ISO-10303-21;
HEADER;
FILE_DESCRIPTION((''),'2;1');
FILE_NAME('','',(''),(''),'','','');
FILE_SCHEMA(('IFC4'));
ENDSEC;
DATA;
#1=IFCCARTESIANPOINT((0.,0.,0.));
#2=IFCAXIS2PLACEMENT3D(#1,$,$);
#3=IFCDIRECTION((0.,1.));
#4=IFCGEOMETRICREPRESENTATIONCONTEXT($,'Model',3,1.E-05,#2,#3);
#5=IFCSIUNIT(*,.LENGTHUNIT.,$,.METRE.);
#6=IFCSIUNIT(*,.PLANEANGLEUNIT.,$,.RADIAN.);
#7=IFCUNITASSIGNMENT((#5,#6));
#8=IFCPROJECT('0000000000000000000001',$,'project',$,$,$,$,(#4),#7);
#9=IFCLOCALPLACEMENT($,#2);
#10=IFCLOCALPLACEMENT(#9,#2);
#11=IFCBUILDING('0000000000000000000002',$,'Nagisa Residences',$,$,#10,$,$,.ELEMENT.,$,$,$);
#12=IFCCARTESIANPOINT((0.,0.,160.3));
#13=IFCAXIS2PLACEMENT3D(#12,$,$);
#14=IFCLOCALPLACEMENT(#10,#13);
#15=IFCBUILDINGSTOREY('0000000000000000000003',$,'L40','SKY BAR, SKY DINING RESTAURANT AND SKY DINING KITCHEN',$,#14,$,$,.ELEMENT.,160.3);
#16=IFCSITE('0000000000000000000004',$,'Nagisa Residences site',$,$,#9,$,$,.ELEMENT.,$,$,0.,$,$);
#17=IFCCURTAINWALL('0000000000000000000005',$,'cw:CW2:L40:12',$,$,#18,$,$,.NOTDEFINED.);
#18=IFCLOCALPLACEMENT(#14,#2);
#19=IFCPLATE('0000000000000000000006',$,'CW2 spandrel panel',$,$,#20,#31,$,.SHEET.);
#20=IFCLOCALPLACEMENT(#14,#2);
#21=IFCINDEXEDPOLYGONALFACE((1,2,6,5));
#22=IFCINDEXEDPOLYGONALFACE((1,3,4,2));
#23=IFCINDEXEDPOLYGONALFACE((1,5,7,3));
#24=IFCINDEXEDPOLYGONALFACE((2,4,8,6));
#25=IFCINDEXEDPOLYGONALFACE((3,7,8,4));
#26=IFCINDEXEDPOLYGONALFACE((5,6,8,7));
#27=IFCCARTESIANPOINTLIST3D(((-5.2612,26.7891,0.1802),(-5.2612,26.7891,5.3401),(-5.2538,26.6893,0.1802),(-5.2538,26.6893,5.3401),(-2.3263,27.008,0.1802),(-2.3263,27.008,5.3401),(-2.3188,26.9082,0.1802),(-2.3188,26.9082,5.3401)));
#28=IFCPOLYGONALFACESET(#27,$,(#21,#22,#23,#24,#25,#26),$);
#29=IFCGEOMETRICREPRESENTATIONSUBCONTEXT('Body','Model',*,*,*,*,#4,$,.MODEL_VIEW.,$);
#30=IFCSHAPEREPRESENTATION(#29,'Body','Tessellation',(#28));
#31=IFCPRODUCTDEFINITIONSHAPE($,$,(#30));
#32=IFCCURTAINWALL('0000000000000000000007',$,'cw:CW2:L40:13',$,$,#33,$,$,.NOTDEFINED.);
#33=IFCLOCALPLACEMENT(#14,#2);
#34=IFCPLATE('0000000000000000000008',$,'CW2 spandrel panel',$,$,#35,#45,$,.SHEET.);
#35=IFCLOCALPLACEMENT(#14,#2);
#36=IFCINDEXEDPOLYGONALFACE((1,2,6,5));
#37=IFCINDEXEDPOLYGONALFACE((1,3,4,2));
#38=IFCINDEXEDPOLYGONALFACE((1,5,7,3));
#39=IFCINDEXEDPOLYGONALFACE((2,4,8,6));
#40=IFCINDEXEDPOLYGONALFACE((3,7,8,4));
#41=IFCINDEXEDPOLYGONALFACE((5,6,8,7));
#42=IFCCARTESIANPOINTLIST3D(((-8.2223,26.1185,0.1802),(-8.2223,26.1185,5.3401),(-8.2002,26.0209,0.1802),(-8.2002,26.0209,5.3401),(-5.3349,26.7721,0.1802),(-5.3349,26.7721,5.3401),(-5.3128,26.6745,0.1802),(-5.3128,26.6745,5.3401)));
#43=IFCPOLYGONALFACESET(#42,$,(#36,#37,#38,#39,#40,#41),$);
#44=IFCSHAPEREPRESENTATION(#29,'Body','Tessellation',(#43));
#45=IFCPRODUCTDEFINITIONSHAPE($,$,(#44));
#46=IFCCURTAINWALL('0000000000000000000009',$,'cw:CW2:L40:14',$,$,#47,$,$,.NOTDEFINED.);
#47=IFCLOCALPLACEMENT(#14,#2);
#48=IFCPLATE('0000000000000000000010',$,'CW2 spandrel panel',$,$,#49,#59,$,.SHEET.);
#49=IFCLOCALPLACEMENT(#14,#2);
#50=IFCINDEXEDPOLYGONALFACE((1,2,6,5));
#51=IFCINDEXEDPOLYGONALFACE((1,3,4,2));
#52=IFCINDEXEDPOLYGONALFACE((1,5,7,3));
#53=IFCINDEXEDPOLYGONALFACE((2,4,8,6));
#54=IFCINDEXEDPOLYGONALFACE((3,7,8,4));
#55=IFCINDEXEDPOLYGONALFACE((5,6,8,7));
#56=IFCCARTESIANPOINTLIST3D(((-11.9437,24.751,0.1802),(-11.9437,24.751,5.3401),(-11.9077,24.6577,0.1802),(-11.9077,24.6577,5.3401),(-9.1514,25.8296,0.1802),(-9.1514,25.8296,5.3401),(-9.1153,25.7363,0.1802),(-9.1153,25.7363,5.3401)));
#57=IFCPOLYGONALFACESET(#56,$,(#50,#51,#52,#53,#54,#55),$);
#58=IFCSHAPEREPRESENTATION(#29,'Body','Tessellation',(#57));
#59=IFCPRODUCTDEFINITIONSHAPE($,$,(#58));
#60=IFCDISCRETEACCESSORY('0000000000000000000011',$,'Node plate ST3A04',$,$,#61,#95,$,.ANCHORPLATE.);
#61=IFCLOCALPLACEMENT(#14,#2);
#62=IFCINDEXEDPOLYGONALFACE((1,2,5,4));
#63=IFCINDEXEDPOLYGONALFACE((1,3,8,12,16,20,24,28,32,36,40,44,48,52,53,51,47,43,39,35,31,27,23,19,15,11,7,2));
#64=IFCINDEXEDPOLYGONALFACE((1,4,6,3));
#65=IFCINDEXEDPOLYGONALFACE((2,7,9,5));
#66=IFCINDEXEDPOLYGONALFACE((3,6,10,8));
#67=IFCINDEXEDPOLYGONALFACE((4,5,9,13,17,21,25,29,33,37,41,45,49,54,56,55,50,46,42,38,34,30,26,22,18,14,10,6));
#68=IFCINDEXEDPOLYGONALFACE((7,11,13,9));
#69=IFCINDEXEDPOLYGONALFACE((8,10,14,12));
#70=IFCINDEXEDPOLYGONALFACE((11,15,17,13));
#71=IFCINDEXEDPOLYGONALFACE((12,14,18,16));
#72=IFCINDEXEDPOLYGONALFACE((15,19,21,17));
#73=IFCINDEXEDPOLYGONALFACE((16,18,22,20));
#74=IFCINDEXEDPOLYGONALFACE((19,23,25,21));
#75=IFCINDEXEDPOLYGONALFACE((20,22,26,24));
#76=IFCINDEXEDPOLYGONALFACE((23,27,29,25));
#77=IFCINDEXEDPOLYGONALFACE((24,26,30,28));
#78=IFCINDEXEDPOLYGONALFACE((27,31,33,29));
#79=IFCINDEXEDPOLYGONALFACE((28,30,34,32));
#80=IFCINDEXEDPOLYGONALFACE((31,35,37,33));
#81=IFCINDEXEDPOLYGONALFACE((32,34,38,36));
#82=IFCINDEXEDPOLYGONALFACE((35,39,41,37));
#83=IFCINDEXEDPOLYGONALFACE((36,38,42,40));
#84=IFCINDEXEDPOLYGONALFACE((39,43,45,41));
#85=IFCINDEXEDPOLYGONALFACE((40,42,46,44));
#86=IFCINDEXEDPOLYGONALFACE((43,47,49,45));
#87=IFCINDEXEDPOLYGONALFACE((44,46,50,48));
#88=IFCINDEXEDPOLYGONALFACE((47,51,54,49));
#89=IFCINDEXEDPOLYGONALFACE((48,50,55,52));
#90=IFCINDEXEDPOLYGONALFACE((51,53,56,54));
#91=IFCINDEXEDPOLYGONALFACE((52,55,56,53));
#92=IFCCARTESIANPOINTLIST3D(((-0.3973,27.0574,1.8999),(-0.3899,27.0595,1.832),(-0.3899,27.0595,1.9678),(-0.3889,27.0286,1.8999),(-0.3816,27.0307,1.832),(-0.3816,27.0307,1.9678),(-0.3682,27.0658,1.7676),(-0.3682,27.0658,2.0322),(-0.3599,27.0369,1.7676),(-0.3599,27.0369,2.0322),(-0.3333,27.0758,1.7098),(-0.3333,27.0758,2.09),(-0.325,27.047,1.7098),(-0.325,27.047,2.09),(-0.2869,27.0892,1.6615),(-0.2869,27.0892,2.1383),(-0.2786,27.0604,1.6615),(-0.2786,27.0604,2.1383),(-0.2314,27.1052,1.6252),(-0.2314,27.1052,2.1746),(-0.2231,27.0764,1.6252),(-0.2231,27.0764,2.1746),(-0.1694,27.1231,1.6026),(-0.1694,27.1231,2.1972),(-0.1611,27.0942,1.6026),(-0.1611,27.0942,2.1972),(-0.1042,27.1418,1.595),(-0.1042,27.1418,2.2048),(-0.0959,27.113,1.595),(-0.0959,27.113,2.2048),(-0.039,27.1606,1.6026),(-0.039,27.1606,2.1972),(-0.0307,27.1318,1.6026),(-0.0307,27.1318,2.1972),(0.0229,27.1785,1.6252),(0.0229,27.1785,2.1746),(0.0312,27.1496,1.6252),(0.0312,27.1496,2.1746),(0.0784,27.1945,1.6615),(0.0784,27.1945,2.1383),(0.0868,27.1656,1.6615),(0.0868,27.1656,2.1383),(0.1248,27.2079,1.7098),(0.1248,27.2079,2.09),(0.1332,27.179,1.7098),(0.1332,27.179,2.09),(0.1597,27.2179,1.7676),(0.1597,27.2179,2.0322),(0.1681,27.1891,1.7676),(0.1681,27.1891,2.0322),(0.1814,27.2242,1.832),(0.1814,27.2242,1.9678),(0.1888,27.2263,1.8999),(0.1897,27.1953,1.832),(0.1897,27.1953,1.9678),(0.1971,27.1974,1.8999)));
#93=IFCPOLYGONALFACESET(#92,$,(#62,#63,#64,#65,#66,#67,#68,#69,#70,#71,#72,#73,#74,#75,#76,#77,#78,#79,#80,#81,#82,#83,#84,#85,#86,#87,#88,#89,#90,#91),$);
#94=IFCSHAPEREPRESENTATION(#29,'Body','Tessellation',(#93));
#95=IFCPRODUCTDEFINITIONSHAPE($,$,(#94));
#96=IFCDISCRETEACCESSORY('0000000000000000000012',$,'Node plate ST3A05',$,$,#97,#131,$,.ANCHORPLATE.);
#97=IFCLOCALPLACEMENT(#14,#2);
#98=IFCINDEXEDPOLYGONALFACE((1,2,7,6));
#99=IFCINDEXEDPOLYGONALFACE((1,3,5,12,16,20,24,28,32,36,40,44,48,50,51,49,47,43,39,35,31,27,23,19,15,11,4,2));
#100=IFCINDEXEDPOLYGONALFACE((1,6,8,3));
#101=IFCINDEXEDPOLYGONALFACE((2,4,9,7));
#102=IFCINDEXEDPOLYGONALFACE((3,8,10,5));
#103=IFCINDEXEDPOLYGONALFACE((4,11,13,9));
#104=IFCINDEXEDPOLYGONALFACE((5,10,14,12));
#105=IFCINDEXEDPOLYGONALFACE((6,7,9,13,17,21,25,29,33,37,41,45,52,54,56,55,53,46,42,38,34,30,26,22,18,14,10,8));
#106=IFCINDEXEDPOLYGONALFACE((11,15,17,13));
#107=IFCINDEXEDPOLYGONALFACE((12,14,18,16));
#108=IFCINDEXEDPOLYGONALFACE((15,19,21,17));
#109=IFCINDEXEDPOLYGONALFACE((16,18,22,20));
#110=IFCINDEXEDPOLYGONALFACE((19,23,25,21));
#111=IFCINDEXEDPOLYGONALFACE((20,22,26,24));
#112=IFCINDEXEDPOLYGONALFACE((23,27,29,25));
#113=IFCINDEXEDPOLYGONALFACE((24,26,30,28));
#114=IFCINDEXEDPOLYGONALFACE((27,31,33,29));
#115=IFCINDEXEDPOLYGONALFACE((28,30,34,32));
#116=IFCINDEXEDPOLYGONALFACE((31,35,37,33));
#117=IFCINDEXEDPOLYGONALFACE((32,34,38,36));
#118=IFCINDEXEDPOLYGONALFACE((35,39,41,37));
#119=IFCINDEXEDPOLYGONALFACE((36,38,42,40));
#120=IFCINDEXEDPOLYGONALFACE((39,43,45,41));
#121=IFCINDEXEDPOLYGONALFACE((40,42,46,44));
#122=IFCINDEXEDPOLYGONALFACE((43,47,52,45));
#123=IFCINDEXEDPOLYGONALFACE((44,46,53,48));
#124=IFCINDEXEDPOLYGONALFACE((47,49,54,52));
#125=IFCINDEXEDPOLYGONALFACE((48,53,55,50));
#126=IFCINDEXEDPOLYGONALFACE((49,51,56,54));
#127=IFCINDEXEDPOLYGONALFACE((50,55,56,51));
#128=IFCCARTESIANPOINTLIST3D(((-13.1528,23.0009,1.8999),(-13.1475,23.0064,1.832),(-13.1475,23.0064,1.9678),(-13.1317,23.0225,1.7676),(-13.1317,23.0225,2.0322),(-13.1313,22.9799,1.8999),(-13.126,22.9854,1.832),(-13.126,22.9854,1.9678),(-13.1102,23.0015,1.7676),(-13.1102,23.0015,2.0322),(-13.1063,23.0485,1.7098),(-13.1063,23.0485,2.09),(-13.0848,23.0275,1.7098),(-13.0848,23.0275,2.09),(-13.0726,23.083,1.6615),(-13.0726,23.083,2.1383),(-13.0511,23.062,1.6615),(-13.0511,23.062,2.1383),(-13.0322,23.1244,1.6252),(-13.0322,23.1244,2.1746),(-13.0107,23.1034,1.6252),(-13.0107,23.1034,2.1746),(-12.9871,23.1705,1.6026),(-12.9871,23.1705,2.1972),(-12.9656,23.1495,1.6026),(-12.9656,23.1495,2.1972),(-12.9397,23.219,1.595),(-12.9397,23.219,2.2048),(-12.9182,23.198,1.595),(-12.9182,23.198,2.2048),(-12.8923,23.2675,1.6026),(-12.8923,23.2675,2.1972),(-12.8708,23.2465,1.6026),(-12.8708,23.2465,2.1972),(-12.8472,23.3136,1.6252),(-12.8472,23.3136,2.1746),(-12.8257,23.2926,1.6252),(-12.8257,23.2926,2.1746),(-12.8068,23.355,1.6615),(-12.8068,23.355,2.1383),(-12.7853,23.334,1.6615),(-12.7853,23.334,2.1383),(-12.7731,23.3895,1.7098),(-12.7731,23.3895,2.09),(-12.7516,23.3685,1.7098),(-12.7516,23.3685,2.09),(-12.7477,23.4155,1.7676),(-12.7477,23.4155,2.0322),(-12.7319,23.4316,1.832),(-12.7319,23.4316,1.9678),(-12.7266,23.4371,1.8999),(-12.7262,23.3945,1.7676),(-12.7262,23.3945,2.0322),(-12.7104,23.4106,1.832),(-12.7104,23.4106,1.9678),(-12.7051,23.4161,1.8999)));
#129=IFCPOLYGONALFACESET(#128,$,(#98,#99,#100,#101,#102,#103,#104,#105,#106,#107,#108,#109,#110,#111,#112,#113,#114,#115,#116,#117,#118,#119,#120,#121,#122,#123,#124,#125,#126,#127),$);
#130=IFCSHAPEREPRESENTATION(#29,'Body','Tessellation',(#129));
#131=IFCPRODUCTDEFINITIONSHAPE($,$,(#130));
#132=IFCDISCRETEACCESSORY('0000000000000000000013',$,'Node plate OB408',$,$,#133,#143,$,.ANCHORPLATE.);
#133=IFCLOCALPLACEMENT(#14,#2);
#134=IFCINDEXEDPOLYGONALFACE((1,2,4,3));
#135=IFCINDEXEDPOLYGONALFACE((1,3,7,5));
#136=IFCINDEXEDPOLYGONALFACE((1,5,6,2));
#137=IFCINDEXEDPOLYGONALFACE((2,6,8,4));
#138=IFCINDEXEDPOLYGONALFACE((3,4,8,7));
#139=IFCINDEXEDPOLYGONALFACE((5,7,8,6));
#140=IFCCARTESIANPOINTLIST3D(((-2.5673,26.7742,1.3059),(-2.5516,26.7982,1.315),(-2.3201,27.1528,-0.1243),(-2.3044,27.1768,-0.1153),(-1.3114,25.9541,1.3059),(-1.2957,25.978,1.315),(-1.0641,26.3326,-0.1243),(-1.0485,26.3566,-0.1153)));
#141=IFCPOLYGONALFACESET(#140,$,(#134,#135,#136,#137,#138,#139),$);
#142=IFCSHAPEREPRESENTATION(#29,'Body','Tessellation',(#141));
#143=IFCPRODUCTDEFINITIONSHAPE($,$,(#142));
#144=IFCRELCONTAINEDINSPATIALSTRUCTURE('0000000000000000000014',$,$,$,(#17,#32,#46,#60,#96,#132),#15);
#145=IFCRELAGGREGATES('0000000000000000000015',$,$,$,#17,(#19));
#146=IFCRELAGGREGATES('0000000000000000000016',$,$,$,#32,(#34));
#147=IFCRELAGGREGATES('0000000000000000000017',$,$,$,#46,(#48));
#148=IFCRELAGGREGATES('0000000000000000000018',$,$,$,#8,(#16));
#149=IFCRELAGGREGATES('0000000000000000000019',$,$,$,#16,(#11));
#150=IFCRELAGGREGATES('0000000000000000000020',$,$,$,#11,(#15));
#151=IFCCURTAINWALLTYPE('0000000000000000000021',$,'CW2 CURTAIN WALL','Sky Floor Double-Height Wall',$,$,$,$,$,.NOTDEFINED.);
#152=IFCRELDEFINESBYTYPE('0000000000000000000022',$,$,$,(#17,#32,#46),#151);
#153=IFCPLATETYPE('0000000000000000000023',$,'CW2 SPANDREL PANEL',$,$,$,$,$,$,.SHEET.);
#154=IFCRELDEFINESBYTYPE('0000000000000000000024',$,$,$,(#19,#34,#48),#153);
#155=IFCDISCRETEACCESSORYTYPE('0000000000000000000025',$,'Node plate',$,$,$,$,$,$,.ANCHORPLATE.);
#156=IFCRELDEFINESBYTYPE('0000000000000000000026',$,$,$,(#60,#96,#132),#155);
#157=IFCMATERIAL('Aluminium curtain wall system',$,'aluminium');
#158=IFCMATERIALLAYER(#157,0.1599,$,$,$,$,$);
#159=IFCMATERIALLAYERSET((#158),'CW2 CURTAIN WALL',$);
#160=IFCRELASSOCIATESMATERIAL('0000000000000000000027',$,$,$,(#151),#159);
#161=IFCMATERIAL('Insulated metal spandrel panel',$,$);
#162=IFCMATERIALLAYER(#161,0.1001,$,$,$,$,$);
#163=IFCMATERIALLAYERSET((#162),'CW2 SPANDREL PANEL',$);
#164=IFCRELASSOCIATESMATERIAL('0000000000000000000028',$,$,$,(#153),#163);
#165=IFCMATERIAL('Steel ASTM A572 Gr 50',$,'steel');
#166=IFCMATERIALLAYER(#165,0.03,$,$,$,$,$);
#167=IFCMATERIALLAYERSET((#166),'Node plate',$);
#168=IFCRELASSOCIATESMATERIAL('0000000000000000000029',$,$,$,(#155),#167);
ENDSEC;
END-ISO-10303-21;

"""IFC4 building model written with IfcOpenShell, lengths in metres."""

from ifc_helpers import new_model, si_unit, direction, frame, origin, origin_2d, place, context, subcontext, project, spatial, rectangle, circle, extrude, material, layer, layer_set, type_object, element, aggregate, save


model = new_model("IFC4")

# Units and contexts
model_context = context("Model", 3, precision=1e-05, world=origin(), true_north=direction((0.0, 1.0)))
body_context = subcontext(model_context, "Body", "Model", "MODEL_VIEW")
ifc_project = project(units=[si_unit("LENGTHUNIT", "METRE"), si_unit("PLANEANGLEUNIT", "RADIAN")], contexts=[model_context])

# Site, building, storey
site_placement = place(None, origin())
site = spatial("IfcSite", under=ifc_project, at=site_placement, Name="Nagisa Residences site", CompositionType="ELEMENT", RefElevation=0.0)
building_placement = place(site_placement, origin())
building = spatial("IfcBuilding", under=site, at=building_placement, Name="Nagisa Residences", CompositionType="ELEMENT")
storey_placement = place(building_placement, frame((0.0, 0.0, 160.3)))
storey = spatial("IfcBuildingStorey", under=building, at=storey_placement, Name="L40", Description="SKY BAR, SKY DINING RESTAURANT AND SKY DINING KITCHEN", CompositionType="ELEMENT", Elevation=160.3)

# Curtain walls, plates
ifc_material_1 = material(Name="Aluminium curtain wall system", Category="aluminium")
ifc_layer_1 = layer(ifc_material_1, 0.1599)
ifc_layer_set_1 = layer_set([ifc_layer_1], Name="CW2 CURTAIN WALL")
curtain_wall_type = type_object("IfcCurtainWallType", Name="CW2 CURTAIN WALL", Description="Sky Floor Double-Height Wall", PredefinedType="NOTDEFINED", material=ifc_layer_set_1)
curtain_wall_1_placement = place(storey_placement, origin())
curtain_wall_1 = element("IfcCurtainWall", 1, at=curtain_wall_1_placement, inside=storey, type_object=curtain_wall_type, Name="cw:CW2:L40:12", PredefinedType="NOTDEFINED")
ifc_material_2 = material(Name="Insulated metal spandrel panel")
ifc_layer_2 = layer(ifc_material_2, 0.1001)
ifc_layer_set_2 = layer_set([ifc_layer_2], Name="CW2 SPANDREL PANEL")
plate_type = type_object("IfcPlateType", Name="CW2 SPANDREL PANEL", PredefinedType="SHEET", material=ifc_layer_set_2)
plate_1_placement = place(storey_placement, frame((-3.79, 26.8486, 0.1802), z_axis=(0.0, 0.0, 1.0), x_axis=(-0.99723, -0.074377, 0.0)))
plate_1 = element("IfcPlate", 2, at=plate_1_placement, type_object=plate_type, Name="CW2 spandrel panel", PredefinedType="SHEET", context=body_context, shape_type="SweptSolid", body=[
    extrude(rectangle(XDim=2.9431, YDim=0.1001, at=origin_2d()), origin(), (0.0, 0.0, 1.0), 5.1599),
])
aggregate(curtain_wall_1, [plate_1])
curtain_wall_2_placement = place(storey_placement, origin())
curtain_wall_2 = element("IfcCurtainWall", 3, at=curtain_wall_2_placement, inside=storey, type_object=curtain_wall_type, Name="cw:CW2:L40:13", PredefinedType="NOTDEFINED")
plate_2_placement = place(storey_placement, frame((-6.7676, 26.3965, 0.1802), z_axis=(0.0, 0.0, 1.0), x_axis=(-0.975327, -0.220764, 0.0)))
plate_2 = element("IfcPlate", 4, at=plate_2_placement, type_object=plate_type, Name="CW2 spandrel panel", PredefinedType="SHEET", context=body_context, shape_type="SweptSolid", body=[
    extrude(rectangle(XDim=2.9604, YDim=0.1001, at=origin_2d()), origin(), (0.0, 0.0, 1.0), 5.1599),
])
aggregate(curtain_wall_2, [plate_2])
curtain_wall_3_placement = place(storey_placement, origin())
curtain_wall_3 = element("IfcCurtainWall", 5, at=curtain_wall_3_placement, inside=storey, type_object=curtain_wall_type, Name="cw:CW2:L40:14", PredefinedType="NOTDEFINED")
plate_3_placement = place(storey_placement, frame((-10.5295, 25.2437, 0.1802), z_axis=(0.0, 0.0, 1.0), x_axis=(-0.932826, -0.360328, 0.0)))
plate_3 = element("IfcPlate", 6, at=plate_3_placement, type_object=plate_type, Name="CW2 spandrel panel", PredefinedType="SHEET", context=body_context, shape_type="SweptSolid", body=[
    extrude(rectangle(XDim=2.9934, YDim=0.1001, at=origin_2d()), origin(), (0.0, 0.0, 1.0), 5.1599),
])
aggregate(curtain_wall_3, [plate_3])

# Discrete accessories
ifc_material_3 = material(Name="Steel ASTM A572 Gr 50", Category="steel")
ifc_layer_3 = layer(ifc_material_3, 0.03)
ifc_layer_set_3 = layer_set([ifc_layer_3], Name="Node plate")
discrete_accessory_type = type_object("IfcDiscreteAccessoryType", Name="Node plate", PredefinedType="ANCHORPLATE", material=ifc_layer_set_3)
for number, where, z_axis, x_axis, name in (
    (7, (-0.1042, 27.1418, 1.8999), (0.276871, -0.960907, 0.0), (0.960907, 0.276871, 0.0), "Node plate ST3A04"),
    (8, (-12.9397, 23.219, 1.8999), (0.715187, -0.698933, 0.0), (0.698933, 0.715187, 0.0), "Node plate ST3A05"),
):
    element("IfcDiscreteAccessory", number, at=place(storey_placement, frame(where, z_axis=z_axis, x_axis=x_axis)), inside=storey, type_object=discrete_accessory_type, Name=name, PredefinedType="ANCHORPLATE", context=body_context, shape_type="SweptSolid", body=[
        extrude(circle(Radius=0.3049, at=origin_2d()), origin(), (0.0, 0.0, 1.0), 0.03),
    ])
discrete_accessory_placement = place(storey_placement, frame((-1.8, 26.5774, 0.5999), z_axis=(-0.52136, -0.798333, -0.301411), x_axis=(0.837271, -0.546789, 0.0)))
element("IfcDiscreteAccessory", 9, at=discrete_accessory_placement, inside=storey, type_object=discrete_accessory_type, Name="Node plate OB408", PredefinedType="ANCHORPLATE", context=body_context, shape_type="SweptSolid", body=[
    extrude(rectangle(XDim=1.5, YDim=1.5, at=origin_2d()), origin(), (0.0, 0.0, 1.0), 0.03),
])

save(model, "model.ifc")
